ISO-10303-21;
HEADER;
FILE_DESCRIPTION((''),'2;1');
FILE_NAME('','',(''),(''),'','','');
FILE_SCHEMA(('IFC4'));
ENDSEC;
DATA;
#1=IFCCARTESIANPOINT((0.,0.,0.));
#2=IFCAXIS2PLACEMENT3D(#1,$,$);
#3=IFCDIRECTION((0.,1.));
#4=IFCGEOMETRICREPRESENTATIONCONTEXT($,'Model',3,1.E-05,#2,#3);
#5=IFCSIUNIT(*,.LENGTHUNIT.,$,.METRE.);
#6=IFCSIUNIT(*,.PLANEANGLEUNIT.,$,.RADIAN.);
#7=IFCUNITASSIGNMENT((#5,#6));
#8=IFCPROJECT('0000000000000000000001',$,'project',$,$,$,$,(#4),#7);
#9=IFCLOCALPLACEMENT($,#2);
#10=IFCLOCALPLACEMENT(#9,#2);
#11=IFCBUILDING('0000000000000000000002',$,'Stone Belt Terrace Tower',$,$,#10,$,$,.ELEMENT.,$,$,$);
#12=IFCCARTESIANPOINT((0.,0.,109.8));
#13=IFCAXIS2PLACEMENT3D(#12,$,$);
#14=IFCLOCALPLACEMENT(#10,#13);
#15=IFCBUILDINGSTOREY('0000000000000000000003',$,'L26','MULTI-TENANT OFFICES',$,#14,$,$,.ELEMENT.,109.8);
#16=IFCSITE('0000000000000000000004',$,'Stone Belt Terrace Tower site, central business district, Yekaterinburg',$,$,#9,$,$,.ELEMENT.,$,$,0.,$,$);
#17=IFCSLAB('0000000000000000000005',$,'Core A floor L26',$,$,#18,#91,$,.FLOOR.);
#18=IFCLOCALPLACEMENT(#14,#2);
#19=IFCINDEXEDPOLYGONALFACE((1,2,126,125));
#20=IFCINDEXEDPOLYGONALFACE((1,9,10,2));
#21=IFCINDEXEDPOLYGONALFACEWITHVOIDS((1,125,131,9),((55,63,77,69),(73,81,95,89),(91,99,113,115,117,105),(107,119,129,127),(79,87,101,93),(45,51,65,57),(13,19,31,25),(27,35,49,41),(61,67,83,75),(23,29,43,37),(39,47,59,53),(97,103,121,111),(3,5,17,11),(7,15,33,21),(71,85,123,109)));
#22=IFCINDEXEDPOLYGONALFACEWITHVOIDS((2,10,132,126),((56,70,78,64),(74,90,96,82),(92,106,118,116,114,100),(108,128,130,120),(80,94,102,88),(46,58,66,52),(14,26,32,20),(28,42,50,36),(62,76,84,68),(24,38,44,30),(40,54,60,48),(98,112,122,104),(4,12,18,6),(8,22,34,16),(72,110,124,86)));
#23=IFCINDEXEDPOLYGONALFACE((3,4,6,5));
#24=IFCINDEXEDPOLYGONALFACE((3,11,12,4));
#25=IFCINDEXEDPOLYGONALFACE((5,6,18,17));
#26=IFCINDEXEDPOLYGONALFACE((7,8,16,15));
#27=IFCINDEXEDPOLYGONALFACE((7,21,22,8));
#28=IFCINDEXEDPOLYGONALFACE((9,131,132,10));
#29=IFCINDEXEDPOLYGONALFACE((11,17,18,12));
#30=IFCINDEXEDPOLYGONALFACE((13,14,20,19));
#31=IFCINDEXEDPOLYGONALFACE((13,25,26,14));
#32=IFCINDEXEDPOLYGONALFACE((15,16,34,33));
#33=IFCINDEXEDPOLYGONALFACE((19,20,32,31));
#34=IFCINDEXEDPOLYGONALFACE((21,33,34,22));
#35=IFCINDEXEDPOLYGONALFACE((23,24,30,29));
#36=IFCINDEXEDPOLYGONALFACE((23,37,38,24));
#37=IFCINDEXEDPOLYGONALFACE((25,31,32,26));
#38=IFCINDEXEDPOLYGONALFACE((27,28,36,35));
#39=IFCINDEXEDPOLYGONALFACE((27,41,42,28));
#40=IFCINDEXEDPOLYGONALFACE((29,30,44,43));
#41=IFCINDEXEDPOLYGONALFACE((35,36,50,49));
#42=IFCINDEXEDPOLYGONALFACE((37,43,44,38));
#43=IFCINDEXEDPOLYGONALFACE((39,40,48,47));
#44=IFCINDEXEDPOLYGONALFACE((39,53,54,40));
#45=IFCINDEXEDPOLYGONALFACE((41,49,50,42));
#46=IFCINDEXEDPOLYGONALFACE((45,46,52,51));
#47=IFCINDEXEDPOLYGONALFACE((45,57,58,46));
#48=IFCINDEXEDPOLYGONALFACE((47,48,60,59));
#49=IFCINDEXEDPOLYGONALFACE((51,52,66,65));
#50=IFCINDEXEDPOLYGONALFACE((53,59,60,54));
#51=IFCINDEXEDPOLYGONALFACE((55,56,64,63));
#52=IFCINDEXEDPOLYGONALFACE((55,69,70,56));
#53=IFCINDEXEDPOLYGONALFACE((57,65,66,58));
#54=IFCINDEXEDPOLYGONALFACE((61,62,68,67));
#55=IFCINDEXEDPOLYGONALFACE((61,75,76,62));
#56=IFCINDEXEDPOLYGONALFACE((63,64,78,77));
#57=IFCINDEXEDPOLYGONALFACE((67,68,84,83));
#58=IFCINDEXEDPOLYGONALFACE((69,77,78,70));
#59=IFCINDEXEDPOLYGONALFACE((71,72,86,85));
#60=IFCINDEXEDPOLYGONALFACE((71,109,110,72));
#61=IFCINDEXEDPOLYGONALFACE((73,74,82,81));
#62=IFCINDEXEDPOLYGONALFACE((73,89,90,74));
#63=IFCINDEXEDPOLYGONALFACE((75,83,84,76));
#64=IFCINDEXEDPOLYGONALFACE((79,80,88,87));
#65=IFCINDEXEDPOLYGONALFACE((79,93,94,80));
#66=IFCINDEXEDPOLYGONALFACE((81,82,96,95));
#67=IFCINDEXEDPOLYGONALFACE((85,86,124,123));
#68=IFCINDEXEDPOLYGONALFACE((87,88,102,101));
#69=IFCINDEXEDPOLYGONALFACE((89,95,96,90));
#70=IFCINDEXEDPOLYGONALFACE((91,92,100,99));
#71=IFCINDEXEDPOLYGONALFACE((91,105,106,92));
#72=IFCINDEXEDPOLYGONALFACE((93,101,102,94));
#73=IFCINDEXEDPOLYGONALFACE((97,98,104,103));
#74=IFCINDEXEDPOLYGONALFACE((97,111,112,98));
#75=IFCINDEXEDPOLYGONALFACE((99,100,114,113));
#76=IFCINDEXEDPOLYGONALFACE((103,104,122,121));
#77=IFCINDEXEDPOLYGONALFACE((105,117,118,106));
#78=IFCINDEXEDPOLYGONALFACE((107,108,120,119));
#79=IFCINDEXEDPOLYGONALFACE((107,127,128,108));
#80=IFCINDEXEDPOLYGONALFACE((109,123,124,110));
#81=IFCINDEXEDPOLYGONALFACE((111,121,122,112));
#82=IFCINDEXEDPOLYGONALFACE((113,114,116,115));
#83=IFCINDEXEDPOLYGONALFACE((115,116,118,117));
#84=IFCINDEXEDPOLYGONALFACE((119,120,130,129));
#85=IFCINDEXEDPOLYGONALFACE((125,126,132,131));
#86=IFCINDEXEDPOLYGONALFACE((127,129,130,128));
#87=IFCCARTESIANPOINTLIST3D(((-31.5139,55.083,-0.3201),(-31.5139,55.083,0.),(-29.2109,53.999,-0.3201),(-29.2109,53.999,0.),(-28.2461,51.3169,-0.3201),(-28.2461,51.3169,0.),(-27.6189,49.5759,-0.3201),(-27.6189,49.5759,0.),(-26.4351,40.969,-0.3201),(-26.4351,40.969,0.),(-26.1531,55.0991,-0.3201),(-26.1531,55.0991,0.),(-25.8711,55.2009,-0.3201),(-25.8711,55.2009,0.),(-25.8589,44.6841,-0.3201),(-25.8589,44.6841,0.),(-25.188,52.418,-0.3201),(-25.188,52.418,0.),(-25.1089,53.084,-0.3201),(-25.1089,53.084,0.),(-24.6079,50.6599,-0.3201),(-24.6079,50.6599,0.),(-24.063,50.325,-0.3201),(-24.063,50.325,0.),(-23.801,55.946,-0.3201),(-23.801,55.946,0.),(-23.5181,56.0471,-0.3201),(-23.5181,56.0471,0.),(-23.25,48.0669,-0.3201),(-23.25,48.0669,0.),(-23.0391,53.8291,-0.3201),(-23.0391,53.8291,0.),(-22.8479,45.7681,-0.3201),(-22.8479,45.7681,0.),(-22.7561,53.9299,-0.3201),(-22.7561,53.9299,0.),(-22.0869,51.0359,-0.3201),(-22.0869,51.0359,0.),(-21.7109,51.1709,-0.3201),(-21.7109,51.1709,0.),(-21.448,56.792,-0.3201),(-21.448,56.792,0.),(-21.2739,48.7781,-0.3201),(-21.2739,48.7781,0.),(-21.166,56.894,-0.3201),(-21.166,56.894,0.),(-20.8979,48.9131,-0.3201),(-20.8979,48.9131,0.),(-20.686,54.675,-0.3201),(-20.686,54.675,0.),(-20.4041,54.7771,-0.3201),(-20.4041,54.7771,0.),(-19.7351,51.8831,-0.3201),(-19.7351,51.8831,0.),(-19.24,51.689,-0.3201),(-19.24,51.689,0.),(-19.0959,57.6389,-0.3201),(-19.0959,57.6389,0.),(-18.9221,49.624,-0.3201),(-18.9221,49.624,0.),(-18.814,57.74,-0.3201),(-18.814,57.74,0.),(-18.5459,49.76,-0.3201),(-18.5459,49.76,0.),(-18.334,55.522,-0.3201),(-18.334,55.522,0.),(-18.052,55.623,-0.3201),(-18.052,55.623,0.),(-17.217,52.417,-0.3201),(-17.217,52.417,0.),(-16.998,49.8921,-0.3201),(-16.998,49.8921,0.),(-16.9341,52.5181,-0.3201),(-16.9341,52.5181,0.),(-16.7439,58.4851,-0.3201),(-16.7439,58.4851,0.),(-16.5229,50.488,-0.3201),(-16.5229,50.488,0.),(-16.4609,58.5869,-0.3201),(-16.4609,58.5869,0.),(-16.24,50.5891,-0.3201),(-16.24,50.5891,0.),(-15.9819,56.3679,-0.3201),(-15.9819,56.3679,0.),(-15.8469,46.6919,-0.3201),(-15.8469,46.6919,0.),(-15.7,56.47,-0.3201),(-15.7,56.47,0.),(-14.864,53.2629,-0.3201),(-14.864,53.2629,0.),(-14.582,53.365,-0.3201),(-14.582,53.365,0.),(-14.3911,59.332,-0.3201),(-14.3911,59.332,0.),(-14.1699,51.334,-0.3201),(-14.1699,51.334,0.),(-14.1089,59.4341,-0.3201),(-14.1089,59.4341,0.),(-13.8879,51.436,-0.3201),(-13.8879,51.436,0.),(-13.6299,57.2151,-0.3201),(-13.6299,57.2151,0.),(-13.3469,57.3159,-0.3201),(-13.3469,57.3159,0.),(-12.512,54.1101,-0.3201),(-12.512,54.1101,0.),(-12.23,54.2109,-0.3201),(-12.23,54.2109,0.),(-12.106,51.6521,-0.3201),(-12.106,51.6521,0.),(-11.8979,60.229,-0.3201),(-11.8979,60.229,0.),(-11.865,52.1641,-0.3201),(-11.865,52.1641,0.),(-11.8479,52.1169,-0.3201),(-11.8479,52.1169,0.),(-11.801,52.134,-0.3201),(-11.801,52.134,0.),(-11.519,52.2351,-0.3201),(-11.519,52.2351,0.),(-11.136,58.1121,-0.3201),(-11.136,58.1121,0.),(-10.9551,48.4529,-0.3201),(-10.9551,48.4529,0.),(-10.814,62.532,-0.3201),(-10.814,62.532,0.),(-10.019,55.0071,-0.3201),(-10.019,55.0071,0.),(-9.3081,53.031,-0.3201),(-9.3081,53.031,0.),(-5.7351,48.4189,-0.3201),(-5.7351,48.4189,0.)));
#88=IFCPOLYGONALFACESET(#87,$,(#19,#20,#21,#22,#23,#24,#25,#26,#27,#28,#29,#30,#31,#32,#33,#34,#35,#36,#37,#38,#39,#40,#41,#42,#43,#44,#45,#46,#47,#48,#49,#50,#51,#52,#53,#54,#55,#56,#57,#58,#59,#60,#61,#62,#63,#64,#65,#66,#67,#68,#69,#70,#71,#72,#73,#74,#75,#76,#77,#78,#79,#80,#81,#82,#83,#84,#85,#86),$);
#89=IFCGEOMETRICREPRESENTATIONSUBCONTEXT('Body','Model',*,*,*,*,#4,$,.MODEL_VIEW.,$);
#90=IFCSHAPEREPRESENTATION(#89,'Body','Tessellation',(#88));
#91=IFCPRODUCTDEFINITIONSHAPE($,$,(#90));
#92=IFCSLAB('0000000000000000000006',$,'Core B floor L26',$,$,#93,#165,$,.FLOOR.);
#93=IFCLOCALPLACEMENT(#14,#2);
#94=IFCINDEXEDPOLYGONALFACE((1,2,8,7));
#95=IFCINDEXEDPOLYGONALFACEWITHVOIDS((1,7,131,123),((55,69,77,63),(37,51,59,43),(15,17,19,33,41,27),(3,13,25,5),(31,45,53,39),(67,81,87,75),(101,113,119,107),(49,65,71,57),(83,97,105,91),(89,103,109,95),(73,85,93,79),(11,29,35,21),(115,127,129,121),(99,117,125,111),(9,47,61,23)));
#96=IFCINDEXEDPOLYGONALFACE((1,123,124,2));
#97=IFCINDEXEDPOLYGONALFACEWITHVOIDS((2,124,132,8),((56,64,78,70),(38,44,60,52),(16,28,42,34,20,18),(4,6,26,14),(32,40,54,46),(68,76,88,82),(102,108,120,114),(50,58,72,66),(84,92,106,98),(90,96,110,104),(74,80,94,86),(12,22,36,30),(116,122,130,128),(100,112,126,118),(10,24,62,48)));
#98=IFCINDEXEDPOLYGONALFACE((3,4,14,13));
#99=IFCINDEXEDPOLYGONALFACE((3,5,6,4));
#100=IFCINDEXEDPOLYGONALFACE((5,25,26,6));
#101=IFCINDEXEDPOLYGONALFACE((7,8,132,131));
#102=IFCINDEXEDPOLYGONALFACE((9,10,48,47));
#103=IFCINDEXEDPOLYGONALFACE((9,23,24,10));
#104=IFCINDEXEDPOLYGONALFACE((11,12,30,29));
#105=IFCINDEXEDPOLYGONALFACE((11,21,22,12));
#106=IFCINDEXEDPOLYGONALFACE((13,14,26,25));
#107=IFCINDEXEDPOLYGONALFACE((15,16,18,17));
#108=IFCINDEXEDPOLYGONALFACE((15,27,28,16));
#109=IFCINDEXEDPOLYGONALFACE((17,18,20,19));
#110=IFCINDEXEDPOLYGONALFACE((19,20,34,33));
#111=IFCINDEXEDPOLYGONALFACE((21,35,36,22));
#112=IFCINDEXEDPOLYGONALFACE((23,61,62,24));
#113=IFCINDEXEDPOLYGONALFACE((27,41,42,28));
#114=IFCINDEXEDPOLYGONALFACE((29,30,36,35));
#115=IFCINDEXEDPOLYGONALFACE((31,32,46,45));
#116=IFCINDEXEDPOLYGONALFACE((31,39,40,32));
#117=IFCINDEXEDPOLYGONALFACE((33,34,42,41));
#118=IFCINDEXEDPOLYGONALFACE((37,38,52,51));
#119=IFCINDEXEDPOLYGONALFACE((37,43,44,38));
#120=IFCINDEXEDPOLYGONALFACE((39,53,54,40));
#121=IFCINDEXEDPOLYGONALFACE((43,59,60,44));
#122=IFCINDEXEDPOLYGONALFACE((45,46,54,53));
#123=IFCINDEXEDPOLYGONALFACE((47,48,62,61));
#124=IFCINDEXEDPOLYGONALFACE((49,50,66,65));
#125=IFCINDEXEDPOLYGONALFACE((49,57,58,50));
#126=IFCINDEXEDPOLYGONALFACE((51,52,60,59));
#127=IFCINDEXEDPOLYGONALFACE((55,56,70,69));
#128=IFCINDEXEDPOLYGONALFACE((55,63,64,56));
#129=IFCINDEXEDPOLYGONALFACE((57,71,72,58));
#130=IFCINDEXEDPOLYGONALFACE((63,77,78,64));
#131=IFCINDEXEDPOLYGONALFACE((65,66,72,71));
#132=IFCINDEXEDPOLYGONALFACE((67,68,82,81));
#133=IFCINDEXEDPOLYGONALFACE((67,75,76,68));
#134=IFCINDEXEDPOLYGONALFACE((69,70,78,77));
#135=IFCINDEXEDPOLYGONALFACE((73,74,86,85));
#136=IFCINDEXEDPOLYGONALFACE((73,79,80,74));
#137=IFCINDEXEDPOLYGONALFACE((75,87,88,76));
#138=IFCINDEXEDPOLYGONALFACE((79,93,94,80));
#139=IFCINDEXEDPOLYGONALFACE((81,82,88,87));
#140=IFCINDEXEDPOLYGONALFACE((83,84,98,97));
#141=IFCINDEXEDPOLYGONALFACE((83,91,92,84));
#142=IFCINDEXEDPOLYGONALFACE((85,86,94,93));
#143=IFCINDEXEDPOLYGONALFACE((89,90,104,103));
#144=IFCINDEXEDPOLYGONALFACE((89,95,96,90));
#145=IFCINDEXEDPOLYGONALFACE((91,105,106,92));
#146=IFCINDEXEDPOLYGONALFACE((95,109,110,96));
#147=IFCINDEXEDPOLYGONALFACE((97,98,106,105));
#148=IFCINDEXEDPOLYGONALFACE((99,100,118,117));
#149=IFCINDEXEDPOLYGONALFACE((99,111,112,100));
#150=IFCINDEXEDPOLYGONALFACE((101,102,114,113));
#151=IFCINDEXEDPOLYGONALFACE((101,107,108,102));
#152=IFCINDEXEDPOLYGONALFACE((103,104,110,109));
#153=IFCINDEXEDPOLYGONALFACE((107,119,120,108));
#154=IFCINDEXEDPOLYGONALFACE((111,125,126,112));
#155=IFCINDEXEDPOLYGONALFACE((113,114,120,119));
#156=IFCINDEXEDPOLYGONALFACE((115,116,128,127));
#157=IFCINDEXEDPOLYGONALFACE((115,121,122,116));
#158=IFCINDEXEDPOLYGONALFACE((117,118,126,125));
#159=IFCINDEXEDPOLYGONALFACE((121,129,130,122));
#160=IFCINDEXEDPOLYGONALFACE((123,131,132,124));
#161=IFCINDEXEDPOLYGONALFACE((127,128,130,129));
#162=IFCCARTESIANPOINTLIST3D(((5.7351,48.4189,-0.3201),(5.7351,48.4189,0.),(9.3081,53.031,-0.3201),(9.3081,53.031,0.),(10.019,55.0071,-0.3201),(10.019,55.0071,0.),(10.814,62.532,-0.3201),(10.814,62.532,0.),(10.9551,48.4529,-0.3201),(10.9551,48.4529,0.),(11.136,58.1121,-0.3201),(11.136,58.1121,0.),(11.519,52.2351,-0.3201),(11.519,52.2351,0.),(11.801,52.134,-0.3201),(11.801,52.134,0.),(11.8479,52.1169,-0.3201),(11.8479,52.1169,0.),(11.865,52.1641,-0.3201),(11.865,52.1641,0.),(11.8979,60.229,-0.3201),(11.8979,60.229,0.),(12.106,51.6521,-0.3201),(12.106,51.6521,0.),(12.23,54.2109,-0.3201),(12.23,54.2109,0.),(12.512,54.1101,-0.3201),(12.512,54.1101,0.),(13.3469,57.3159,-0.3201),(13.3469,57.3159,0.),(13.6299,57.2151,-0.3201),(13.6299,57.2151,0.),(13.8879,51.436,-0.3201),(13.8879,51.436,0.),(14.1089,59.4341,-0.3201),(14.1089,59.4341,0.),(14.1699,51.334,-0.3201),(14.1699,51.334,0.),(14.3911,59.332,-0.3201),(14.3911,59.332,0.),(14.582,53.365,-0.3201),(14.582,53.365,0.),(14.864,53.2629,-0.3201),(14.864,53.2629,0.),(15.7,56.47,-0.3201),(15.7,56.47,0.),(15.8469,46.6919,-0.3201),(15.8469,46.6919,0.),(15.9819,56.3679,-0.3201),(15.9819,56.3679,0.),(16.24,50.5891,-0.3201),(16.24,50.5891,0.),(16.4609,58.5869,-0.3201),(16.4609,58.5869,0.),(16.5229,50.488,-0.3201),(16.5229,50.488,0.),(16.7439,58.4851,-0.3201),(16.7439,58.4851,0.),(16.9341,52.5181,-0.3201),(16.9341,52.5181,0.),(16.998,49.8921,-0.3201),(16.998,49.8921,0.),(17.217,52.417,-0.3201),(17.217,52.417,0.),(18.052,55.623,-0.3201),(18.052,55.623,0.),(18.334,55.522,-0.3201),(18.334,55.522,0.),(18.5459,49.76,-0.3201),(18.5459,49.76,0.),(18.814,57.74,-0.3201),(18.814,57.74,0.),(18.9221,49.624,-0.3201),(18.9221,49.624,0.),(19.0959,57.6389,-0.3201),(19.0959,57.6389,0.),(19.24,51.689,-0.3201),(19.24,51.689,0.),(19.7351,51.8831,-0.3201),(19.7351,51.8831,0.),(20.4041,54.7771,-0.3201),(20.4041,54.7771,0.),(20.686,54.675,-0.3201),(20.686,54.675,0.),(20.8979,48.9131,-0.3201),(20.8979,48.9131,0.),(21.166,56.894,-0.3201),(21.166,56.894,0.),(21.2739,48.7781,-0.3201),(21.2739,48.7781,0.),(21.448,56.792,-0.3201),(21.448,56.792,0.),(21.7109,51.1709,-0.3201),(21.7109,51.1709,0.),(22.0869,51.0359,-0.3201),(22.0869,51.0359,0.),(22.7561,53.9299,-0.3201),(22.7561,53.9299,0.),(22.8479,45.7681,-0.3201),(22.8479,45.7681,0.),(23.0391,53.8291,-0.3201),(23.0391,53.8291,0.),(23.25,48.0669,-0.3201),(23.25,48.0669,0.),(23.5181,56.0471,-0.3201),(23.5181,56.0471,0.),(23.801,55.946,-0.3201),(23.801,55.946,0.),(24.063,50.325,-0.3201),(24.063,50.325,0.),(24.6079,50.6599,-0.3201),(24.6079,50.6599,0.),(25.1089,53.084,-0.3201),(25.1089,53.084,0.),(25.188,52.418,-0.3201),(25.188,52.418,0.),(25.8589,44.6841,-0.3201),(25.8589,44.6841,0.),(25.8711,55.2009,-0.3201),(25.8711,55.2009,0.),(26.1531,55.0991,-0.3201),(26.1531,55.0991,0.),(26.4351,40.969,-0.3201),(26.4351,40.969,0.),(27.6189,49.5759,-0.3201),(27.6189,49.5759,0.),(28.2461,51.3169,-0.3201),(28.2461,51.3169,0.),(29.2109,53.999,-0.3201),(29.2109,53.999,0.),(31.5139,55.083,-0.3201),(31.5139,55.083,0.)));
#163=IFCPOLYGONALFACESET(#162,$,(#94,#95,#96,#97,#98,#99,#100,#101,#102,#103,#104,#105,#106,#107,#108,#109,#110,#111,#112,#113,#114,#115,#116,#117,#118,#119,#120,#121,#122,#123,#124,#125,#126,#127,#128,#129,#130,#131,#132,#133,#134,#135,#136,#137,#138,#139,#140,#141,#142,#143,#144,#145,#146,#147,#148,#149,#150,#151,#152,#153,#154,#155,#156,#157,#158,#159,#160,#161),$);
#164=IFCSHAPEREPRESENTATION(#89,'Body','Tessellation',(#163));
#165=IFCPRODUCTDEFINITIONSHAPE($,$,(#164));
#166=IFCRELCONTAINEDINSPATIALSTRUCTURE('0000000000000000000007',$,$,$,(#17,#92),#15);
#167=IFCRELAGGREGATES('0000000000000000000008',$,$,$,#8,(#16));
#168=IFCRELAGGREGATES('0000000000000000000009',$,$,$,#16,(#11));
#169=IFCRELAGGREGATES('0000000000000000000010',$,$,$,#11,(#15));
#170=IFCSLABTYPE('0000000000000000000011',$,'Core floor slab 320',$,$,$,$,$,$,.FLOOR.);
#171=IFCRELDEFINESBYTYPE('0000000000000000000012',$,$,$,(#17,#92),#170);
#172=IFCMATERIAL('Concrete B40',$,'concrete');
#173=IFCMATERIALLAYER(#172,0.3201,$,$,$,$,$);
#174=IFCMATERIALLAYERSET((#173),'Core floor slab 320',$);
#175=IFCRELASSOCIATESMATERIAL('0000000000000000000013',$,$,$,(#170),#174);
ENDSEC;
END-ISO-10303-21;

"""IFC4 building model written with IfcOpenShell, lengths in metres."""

from ifc_helpers import new_model, si_unit, direction, frame, origin, place, context, subcontext, project, spatial, polyline, outline, extrude, material, layer, layer_set, type_object, element, save


model = new_model("IFC4")

# Units and contexts
model_context = context("Model", 3, precision=1e-05, world=origin(), true_north=direction((0.0, 1.0)))
body_context = subcontext(model_context, "Body", "Model", "MODEL_VIEW")
ifc_project = project(units=[si_unit("LENGTHUNIT", "METRE"), si_unit("PLANEANGLEUNIT", "RADIAN")], contexts=[model_context])

# Site, building, storey
site_placement = place(None, origin())
site = spatial("IfcSite", under=ifc_project, at=site_placement, Name="Stone Belt Terrace Tower site, central business district, Yekaterinburg", CompositionType="ELEMENT", RefElevation=0.0)
building_placement = place(site_placement, origin())
building = spatial("IfcBuilding", under=site, at=building_placement, Name="Stone Belt Terrace Tower", CompositionType="ELEMENT")
storey_placement = place(building_placement, frame((0.0, 0.0, 109.8)))
storey = spatial("IfcBuildingStorey", under=building, at=storey_placement, Name="L26", Description="MULTI-TENANT OFFICES", CompositionType="ELEMENT", Elevation=109.8)

# Slabs
ifc_material_1 = material(Name="Concrete B40", Category="concrete")
ifc_layer_1 = layer(ifc_material_1, 0.3201)
ifc_layer_set_1 = layer_set([ifc_layer_1], Name="Core floor slab 320")
slab_type_1 = type_object("IfcSlabType", Name="Core floor slab 320", PredefinedType="FLOOR", material=ifc_layer_set_1)
slab_1_placement = place(storey_placement, frame((0.0, 0.0, -0.3201)))
element("IfcSlab", 1, at=slab_1_placement, inside=storey, type_object=slab_type_1, Name="Core A floor L26", PredefinedType="FLOOR", context=body_context, shape_type="SweptSolid", body=[
    extrude(outline(polyline([(-26.4351, 40.969), (-5.7351, 48.4189), (-10.814, 62.532), (-31.5139, 55.083), (-26.4351, 40.969)]), holes=[polyline([(-24.6079, 50.6599), (-22.8479, 45.7681), (-25.8589, 44.6841), (-27.6189, 49.5759), (-24.6079, 50.6599)]), polyline([(-21.2739, 48.7781), (-23.25, 48.0669), (-24.063, 50.325), (-22.0869, 51.0359), (-21.2739, 48.7781)]), polyline([(-18.9221, 49.624), (-20.8979, 48.9131), (-21.7109, 51.1709), (-19.7351, 51.8831), (-18.9221, 49.624)]), polyline([(-19.24, 51.689), (-17.217, 52.417), (-16.5229, 50.488), (-18.5459, 49.76), (-19.24, 51.689)]), polyline([(-29.2109, 53.999), (-26.1531, 55.0991), (-25.188, 52.418), (-28.2461, 51.3169), (-29.2109, 53.999)]), polyline([(-23.801, 55.946), (-23.0391, 53.8291), (-25.1089, 53.084), (-25.8711, 55.2009), (-23.801, 55.946)]), polyline([(-21.448, 56.792), (-20.686, 54.675), (-22.7561, 53.9299), (-23.5181, 56.0471), (-21.448, 56.792)]), polyline([(-19.0959, 57.6389), (-18.334, 55.522), (-20.4041, 54.7771), (-21.166, 56.894), (-19.0959, 57.6389)]), polyline([(-15.8469, 46.6919), (-16.998, 49.8921), (-12.106, 51.6521), (-10.9551, 48.4529), (-15.8469, 46.6919)]), polyline([(-16.24, 50.5891), (-16.9341, 52.5181), (-14.864, 53.2629), (-14.1699, 51.334), (-16.24, 50.5891)]), polyline([(-11.801, 52.134), (-11.8479, 52.1169), (-11.865, 52.1641), (-13.8879, 51.436), (-14.582, 53.365), (-12.512, 54.1101), (-11.801, 52.134)]), polyline([(-9.3081, 53.031), (-11.519, 52.2351), (-12.23, 54.2109), (-10.019, 55.0071), (-9.3081, 53.031)]), polyline([(-16.7439, 58.4851), (-15.9819, 56.3679), (-18.052, 55.623), (-18.814, 57.74), (-16.7439, 58.4851)]), polyline([(-14.3911, 59.332), (-13.6299, 57.2151), (-15.7, 56.47), (-16.4609, 58.5869), (-14.3911, 59.332)]), polyline([(-11.8979, 60.229), (-11.136, 58.1121), (-13.3469, 57.3159), (-14.1089, 59.4341), (-11.8979, 60.229)])]), origin(), (0.0, 0.0, 1.0), 0.3201),
])
slab_2_placement = place(storey_placement, frame((0.0, 0.0, -0.3201)))
element("IfcSlab", 2, at=slab_2_placement, inside=storey, type_object=slab_type_1, Name="Core B floor L26", PredefinedType="FLOOR", context=body_context, shape_type="SweptSolid", body=[
    extrude(outline(polyline([(26.4351, 40.969), (31.5139, 55.083), (10.814, 62.532), (5.7351, 48.4189), (26.4351, 40.969)]), holes=[polyline([(12.106, 51.6521), (16.998, 49.8921), (15.8469, 46.6919), (10.9551, 48.4529), (12.106, 51.6521)]), polyline([(19.24, 51.689), (18.5459, 49.76), (16.5229, 50.488), (17.217, 52.417), (19.24, 51.689)]), polyline([(16.24, 50.5891), (14.1699, 51.334), (14.864, 53.2629), (16.9341, 52.5181), (16.24, 50.5891)]), polyline([(14.582, 53.365), (13.8879, 51.436), (11.865, 52.1641), (11.8479, 52.1169), (11.801, 52.134), (12.512, 54.1101), (14.582, 53.365)]), polyline([(9.3081, 53.031), (10.019, 55.0071), (12.23, 54.2109), (11.519, 52.2351), (9.3081, 53.031)]), polyline([(16.7439, 58.4851), (18.814, 57.74), (18.052, 55.623), (15.9819, 56.3679), (16.7439, 58.4851)]), polyline([(14.3911, 59.332), (16.4609, 58.5869), (15.7, 56.47), (13.6299, 57.2151), (14.3911, 59.332)]), polyline([(11.8979, 60.229), (14.1089, 59.4341), (13.3469, 57.3159), (11.136, 58.1121), (11.8979, 60.229)]), polyline([(25.8589, 44.6841), (22.8479, 45.7681), (24.6079, 50.6599), (27.6189, 49.5759), (25.8589, 44.6841)]), polyline([(21.2739, 48.7781), (22.0869, 51.0359), (24.063, 50.325), (23.25, 48.0669), (21.2739, 48.7781)]), polyline([(18.9221, 49.624), (19.7351, 51.8831), (21.7109, 51.1709), (20.8979, 48.9131), (18.9221, 49.624)]), polyline([(29.2109, 53.999), (28.2461, 51.3169), (25.188, 52.418), (26.1531, 55.0991), (29.2109, 53.999)]), polyline([(23.801, 55.946), (25.8711, 55.2009), (25.1089, 53.084), (23.0391, 53.8291), (23.801, 55.946)]), polyline([(21.448, 56.792), (23.5181, 56.0471), (22.7561, 53.9299), (20.686, 54.675), (21.448, 56.792)]), polyline([(19.0959, 57.6389), (21.166, 56.894), (20.4041, 54.7771), (18.334, 55.522), (19.0959, 57.6389)])]), origin(), (0.0, 0.0, 1.0), 0.3201),
])

save(model, "model.ifc")
